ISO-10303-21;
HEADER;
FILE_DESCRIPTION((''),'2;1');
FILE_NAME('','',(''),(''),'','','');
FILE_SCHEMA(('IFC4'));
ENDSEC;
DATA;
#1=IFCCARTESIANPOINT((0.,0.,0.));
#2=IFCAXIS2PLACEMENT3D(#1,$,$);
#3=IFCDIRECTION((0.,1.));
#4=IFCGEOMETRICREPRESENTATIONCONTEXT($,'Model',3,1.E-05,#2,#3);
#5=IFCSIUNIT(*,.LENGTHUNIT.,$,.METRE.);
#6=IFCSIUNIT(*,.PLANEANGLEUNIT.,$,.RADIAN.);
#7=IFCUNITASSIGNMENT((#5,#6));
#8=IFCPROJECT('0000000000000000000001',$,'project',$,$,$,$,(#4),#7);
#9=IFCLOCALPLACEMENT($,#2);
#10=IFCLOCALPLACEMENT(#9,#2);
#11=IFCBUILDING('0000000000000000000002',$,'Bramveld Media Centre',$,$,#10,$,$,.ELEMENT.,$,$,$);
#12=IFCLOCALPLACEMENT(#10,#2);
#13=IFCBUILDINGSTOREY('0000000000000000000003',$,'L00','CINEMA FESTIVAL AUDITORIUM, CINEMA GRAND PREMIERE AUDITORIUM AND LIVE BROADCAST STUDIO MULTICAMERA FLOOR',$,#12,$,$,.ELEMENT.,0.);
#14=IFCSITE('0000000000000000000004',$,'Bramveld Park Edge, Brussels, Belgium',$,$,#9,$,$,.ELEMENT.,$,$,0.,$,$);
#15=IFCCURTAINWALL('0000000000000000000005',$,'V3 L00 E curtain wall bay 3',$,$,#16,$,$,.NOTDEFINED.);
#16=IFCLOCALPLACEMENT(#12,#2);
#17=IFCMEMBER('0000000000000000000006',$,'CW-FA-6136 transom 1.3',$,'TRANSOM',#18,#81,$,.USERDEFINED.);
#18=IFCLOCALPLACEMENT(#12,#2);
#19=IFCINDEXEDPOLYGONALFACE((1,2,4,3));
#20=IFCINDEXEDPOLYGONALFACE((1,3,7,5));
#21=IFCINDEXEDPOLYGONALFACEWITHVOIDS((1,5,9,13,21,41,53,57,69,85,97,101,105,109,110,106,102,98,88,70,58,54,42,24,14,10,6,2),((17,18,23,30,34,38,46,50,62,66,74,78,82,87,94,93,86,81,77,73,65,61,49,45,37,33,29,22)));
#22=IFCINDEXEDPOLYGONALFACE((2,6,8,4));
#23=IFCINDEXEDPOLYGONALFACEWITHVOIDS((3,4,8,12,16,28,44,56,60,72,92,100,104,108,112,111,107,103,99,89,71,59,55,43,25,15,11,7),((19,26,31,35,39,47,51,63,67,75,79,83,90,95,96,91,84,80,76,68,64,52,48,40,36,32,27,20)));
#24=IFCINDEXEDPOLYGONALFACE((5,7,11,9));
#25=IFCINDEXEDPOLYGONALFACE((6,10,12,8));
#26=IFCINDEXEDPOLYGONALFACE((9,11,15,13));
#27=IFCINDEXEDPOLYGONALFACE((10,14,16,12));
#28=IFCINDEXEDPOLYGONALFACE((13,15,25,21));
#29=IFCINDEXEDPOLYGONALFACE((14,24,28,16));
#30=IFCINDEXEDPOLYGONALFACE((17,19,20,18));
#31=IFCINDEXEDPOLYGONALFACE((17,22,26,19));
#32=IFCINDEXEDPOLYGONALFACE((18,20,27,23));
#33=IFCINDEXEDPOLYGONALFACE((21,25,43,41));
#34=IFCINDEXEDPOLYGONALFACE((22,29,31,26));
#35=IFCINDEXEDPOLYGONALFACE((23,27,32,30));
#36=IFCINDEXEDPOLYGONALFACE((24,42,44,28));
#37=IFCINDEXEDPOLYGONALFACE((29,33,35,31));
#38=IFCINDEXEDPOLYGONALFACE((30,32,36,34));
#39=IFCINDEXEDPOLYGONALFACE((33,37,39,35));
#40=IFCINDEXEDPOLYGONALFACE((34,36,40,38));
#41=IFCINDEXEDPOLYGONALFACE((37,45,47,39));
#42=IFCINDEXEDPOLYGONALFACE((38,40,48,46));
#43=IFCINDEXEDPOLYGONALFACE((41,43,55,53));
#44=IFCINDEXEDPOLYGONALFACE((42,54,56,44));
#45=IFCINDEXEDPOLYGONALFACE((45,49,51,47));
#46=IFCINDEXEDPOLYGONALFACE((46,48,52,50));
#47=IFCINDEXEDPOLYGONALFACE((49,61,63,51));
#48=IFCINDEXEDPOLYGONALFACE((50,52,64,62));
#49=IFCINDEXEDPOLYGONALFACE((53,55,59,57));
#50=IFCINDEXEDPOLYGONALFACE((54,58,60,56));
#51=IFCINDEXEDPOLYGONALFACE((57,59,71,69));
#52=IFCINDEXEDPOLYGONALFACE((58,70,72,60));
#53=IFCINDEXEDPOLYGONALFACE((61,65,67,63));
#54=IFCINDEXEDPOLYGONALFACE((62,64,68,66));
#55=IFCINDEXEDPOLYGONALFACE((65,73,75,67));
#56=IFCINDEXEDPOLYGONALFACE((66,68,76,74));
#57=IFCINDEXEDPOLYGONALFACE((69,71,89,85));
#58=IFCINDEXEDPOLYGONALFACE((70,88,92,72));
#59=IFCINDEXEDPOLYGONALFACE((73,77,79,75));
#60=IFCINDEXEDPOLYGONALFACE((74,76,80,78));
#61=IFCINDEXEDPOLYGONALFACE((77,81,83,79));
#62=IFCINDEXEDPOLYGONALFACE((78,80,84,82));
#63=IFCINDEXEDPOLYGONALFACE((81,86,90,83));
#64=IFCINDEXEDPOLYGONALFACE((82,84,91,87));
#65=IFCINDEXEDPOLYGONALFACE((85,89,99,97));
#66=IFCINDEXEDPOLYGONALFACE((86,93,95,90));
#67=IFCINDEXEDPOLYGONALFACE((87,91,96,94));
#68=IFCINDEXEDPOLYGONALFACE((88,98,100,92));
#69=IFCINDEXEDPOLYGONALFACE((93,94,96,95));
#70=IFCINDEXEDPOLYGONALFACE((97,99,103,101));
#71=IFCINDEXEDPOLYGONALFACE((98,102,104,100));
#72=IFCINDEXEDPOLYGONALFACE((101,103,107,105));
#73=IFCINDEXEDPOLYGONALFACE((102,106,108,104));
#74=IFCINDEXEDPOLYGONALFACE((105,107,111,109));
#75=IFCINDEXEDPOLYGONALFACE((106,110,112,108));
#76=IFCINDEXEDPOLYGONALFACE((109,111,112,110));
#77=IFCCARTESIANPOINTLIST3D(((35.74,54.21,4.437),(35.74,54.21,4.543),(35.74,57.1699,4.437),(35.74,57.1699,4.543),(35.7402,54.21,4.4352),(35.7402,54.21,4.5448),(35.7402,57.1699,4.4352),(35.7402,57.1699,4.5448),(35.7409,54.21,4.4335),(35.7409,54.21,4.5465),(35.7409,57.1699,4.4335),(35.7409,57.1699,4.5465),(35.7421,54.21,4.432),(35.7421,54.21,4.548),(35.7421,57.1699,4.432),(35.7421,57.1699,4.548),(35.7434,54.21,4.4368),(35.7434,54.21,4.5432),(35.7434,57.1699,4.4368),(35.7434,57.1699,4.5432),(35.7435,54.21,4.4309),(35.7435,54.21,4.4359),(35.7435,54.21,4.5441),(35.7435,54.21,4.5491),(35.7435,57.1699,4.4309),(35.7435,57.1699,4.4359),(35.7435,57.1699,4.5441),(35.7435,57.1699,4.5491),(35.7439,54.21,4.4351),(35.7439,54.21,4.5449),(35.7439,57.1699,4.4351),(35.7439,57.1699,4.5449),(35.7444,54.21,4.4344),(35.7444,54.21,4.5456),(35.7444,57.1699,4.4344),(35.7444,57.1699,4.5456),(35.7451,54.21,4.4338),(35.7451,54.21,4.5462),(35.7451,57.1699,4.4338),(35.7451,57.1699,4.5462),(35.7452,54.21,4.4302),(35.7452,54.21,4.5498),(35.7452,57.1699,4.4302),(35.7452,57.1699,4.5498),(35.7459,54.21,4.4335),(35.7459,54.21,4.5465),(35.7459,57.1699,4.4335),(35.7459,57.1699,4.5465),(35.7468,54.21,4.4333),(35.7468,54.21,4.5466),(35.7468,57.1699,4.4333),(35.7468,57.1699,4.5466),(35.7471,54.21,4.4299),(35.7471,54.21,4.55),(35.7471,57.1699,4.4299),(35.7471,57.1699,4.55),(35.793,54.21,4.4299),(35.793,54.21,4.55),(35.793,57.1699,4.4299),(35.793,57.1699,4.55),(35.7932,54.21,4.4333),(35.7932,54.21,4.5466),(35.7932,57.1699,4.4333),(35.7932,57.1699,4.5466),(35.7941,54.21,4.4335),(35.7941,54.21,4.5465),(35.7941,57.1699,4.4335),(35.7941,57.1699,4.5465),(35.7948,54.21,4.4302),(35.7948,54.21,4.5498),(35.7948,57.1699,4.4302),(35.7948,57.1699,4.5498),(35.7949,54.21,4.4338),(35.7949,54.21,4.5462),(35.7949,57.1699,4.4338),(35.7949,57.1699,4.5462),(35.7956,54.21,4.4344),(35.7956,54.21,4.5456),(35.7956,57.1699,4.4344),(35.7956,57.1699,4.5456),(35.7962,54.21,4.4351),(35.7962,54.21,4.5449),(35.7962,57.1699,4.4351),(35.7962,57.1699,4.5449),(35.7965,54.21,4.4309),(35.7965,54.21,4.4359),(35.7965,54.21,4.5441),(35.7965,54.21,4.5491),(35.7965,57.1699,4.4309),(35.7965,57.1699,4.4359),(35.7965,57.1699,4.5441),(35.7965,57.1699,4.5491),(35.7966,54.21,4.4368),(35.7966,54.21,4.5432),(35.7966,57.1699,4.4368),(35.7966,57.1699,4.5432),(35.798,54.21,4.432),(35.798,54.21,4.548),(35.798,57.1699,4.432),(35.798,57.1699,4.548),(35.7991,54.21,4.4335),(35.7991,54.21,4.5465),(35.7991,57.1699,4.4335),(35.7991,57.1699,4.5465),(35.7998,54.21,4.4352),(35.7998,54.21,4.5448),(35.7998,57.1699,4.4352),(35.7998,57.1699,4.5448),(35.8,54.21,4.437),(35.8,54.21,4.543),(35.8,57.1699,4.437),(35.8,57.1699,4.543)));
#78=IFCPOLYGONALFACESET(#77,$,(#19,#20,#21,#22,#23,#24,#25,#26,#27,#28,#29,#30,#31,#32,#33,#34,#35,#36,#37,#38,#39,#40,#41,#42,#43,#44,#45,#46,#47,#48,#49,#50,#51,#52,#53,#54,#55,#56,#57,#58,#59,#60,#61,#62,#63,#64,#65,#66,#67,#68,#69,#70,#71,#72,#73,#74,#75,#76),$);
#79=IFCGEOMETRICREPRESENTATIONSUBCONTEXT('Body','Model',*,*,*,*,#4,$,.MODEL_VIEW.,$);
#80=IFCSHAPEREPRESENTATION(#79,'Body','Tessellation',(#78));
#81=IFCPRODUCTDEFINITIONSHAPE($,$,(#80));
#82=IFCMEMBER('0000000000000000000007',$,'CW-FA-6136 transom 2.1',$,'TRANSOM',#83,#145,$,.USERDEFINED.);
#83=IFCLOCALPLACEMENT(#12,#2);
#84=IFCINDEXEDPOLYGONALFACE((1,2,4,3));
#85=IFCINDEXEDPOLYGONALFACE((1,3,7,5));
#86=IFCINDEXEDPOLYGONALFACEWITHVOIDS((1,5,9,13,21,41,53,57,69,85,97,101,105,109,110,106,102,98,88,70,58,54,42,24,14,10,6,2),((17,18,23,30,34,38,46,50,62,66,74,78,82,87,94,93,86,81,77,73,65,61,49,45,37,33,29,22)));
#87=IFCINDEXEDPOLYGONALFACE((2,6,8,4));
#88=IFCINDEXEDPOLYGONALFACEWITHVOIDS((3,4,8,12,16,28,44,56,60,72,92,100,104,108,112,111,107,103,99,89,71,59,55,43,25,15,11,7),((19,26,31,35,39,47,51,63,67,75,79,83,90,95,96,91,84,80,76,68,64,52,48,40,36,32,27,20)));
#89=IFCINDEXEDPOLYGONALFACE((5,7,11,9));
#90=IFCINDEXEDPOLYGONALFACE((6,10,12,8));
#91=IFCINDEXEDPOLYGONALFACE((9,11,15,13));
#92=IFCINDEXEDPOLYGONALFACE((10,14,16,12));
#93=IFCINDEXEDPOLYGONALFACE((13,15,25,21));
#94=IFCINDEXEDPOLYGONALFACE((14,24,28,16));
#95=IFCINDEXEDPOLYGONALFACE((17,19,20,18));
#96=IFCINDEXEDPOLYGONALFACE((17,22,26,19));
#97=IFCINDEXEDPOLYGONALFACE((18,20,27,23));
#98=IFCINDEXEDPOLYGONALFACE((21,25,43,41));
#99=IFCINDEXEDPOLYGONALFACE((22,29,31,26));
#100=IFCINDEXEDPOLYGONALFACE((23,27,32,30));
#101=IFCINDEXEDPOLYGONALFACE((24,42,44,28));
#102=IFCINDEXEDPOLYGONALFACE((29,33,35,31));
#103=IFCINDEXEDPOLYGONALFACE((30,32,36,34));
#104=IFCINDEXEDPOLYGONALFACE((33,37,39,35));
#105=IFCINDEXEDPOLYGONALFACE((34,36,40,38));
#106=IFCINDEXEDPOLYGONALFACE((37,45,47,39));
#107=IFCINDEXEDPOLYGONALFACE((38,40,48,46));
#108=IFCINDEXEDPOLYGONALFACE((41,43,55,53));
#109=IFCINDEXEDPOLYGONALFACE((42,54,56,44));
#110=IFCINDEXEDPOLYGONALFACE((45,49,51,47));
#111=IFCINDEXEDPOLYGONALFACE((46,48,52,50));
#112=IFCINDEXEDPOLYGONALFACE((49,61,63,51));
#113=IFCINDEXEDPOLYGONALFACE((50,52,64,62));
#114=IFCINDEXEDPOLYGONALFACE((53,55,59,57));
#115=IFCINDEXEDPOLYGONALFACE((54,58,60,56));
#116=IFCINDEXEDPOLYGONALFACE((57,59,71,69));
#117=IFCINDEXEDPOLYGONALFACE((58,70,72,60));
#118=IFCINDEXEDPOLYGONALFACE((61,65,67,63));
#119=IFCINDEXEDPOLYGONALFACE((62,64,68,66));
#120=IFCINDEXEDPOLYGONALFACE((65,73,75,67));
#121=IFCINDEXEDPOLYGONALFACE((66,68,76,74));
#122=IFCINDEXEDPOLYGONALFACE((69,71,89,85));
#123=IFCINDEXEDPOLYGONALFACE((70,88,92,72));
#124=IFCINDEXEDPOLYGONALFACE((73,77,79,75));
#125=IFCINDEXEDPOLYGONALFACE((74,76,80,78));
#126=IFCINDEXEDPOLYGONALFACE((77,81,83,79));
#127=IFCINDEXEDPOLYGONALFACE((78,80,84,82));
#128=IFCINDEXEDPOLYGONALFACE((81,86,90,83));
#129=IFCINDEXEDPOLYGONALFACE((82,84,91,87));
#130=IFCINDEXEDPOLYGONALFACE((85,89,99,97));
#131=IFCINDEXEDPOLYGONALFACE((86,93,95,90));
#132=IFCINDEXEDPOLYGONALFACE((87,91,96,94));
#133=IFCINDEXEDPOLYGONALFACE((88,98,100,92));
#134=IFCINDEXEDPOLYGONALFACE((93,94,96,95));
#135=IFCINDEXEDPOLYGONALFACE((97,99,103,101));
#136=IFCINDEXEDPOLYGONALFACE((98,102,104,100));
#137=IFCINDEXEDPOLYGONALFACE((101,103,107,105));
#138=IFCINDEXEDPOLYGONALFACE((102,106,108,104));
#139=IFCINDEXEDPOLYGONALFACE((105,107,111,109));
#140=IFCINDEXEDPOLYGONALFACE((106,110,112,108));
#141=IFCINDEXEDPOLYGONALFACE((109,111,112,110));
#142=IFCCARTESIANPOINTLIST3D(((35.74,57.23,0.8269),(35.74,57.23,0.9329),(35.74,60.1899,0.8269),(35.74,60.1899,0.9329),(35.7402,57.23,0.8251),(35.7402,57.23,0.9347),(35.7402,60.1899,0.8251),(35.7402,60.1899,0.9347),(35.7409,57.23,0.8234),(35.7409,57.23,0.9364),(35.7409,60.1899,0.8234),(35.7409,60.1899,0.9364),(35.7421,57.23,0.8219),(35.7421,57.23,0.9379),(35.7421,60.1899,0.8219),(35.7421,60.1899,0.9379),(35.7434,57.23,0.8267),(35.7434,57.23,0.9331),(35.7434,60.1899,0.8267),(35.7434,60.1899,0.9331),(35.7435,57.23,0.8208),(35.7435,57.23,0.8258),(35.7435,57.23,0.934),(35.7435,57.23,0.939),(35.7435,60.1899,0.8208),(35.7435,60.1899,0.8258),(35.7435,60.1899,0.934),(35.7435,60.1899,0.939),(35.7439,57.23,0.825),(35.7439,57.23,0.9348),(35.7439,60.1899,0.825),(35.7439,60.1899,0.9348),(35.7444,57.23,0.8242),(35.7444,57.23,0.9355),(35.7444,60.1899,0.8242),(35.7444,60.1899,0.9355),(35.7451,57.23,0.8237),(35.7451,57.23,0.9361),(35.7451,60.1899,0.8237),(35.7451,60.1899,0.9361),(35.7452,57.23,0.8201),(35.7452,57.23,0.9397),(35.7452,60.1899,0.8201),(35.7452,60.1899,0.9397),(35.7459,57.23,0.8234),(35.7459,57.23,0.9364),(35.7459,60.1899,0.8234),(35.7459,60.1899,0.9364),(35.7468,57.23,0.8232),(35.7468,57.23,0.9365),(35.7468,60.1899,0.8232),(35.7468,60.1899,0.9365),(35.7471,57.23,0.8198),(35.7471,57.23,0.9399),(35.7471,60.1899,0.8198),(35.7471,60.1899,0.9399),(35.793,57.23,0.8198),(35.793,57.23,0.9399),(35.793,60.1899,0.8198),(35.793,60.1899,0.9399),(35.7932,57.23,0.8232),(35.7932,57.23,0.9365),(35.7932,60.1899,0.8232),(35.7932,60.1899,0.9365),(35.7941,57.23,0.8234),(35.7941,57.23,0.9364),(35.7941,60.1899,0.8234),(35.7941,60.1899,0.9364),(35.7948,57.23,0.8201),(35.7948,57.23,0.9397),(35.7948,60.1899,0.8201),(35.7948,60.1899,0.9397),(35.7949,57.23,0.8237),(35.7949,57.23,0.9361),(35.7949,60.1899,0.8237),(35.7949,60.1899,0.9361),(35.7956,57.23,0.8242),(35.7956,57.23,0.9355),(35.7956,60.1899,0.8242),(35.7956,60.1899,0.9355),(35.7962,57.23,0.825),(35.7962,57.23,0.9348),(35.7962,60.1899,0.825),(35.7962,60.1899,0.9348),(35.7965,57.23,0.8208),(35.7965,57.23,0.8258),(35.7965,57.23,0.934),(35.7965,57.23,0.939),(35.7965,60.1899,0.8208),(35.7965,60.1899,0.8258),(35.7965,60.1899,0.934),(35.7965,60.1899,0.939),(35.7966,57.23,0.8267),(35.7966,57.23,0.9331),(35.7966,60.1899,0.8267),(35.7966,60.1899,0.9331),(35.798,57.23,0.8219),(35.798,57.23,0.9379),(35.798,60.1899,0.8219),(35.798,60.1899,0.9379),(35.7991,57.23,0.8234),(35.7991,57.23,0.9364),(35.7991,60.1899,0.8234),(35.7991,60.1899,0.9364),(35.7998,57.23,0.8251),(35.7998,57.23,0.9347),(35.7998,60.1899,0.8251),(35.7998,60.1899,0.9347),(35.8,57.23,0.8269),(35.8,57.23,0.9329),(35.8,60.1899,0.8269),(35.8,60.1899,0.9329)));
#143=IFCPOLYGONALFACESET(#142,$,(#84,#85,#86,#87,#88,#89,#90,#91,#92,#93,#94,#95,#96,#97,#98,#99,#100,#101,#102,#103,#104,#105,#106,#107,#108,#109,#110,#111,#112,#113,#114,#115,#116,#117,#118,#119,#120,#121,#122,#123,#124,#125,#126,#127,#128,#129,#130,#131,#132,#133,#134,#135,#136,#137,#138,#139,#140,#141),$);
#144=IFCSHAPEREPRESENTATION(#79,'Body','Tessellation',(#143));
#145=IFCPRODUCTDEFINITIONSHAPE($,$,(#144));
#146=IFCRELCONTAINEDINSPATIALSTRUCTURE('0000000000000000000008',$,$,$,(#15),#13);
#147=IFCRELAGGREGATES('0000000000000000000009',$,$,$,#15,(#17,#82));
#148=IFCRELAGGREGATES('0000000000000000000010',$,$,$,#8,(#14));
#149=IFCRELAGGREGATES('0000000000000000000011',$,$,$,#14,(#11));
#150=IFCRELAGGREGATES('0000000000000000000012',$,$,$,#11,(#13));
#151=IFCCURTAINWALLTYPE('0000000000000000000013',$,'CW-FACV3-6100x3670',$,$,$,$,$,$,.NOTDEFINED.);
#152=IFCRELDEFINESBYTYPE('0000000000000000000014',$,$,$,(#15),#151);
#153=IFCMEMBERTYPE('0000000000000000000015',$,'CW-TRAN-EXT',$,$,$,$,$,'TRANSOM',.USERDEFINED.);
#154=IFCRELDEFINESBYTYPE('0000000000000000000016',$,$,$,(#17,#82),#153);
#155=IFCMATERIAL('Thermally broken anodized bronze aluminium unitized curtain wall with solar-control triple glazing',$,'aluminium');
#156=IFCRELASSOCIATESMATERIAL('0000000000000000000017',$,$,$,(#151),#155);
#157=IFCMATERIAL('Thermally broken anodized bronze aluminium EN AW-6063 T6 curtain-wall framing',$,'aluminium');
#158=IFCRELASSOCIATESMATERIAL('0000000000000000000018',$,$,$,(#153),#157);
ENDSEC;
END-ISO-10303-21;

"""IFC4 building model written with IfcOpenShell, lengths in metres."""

from ifc_helpers import new_model, si_unit, direction, frame, origin, origin_2d, place, context, subcontext, project, spatial, hollow_rectangle, extrude, material, material_profile, profile_set, type_object, element, aggregate, save


model = new_model("IFC4")

# Units and contexts
model_context = context("Model", 3, precision=1e-05, world=origin(), true_north=direction((0.0, 1.0)))
body_context = subcontext(model_context, "Body", "Model", "MODEL_VIEW")
ifc_project = project(units=[si_unit("LENGTHUNIT", "METRE"), si_unit("PLANEANGLEUNIT", "RADIAN")], contexts=[model_context])

# Site, building, storey
site_placement = place(None, origin())
site = spatial("IfcSite", under=ifc_project, at=site_placement, Name="Bramveld Park Edge, Brussels, Belgium", CompositionType="ELEMENT", RefElevation=0.0)
building_placement = place(site_placement, origin())
building = spatial("IfcBuilding", under=site, at=building_placement, Name="Bramveld Media Centre", CompositionType="ELEMENT")
storey_placement = place(building_placement, origin())
storey = spatial("IfcBuildingStorey", under=building, at=storey_placement, Name="L00", Description="CINEMA FESTIVAL AUDITORIUM, CINEMA GRAND PREMIERE AUDITORIUM AND LIVE BROADCAST STUDIO MULTICAMERA FLOOR", CompositionType="ELEMENT", Elevation=0.0)

# Curtain wall
ifc_material_1 = material(Name="Thermally broken anodized bronze aluminium unitized curtain wall with solar-control triple glazing", Category="aluminium")
curtain_wall_type = type_object("IfcCurtainWallType", Name="CW-FACV3-6100x3670", PredefinedType="NOTDEFINED", material=ifc_material_1)
curtain_wall_1_placement = place(storey_placement, origin())
curtain_wall_1 = element("IfcCurtainWall", 1, at=curtain_wall_1_placement, inside=storey, type_object=curtain_wall_type, Name="V3 L00 E curtain wall bay 3", PredefinedType="NOTDEFINED")

# Members
ifc_material_2 = material(Name="Thermally broken anodized bronze aluminium EN AW-6063 T6 curtain-wall framing", Category="aluminium")
ifc_material_profile_1 = material_profile(ifc_material_2, hollow_rectangle(XDim=0.0601, YDim=0.1201, WallThickness=0.0034, InnerFilletRadius=0.0034, OuterFilletRadius=0.0071, at=origin_2d()), Name="AL-TRAN 60x120")
ifc_profile_set_1 = profile_set([ifc_material_profile_1], Name="Thermally broken anodized bronze aluminium EN AW-6063 T6 curtain-wall framing")
member_type_1 = type_object("IfcMemberType", Name="CW-TRAN-EXT", ElementType="TRANSOM", PredefinedType="USERDEFINED", material=ifc_profile_set_1)
member_1_placement = place(storey_placement, frame((35.77, 54.21, 4.49), z_axis=(0.0, 1.0, 0.0), x_axis=(-1.0, 0.0, 0.0)))
member_1 = element("IfcMember", 2, at=member_1_placement, type_object=member_type_1, Name="CW-FA-6136 transom 1.3", ObjectType="TRANSOM", PredefinedType="USERDEFINED", context=body_context, shape_type="SweptSolid", body=[
    extrude(hollow_rectangle(XDim=0.0601, YDim=0.1201, WallThickness=0.0034, InnerFilletRadius=0.0034, OuterFilletRadius=0.0071, at=origin_2d()), origin(), (0.0, 0.0, 1.0), 2.96),
])
member_2_placement = place(storey_placement, frame((35.77, 57.23, 0.8799), z_axis=(0.0, 1.0, 0.0), x_axis=(-1.0, 0.0, 0.0)))
member_2 = element("IfcMember", 3, at=member_2_placement, type_object=member_type_1, Name="CW-FA-6136 transom 2.1", ObjectType="TRANSOM", PredefinedType="USERDEFINED", context=body_context, shape_type="SweptSolid", body=[
    extrude(hollow_rectangle(XDim=0.0601, YDim=0.1201, WallThickness=0.0034, InnerFilletRadius=0.0034, OuterFilletRadius=0.0071, at=origin_2d()), origin(), (0.0, 0.0, 1.0), 2.96),
])

aggregate(curtain_wall_1, [member_1, member_2])

save(model, "model.ifc")
